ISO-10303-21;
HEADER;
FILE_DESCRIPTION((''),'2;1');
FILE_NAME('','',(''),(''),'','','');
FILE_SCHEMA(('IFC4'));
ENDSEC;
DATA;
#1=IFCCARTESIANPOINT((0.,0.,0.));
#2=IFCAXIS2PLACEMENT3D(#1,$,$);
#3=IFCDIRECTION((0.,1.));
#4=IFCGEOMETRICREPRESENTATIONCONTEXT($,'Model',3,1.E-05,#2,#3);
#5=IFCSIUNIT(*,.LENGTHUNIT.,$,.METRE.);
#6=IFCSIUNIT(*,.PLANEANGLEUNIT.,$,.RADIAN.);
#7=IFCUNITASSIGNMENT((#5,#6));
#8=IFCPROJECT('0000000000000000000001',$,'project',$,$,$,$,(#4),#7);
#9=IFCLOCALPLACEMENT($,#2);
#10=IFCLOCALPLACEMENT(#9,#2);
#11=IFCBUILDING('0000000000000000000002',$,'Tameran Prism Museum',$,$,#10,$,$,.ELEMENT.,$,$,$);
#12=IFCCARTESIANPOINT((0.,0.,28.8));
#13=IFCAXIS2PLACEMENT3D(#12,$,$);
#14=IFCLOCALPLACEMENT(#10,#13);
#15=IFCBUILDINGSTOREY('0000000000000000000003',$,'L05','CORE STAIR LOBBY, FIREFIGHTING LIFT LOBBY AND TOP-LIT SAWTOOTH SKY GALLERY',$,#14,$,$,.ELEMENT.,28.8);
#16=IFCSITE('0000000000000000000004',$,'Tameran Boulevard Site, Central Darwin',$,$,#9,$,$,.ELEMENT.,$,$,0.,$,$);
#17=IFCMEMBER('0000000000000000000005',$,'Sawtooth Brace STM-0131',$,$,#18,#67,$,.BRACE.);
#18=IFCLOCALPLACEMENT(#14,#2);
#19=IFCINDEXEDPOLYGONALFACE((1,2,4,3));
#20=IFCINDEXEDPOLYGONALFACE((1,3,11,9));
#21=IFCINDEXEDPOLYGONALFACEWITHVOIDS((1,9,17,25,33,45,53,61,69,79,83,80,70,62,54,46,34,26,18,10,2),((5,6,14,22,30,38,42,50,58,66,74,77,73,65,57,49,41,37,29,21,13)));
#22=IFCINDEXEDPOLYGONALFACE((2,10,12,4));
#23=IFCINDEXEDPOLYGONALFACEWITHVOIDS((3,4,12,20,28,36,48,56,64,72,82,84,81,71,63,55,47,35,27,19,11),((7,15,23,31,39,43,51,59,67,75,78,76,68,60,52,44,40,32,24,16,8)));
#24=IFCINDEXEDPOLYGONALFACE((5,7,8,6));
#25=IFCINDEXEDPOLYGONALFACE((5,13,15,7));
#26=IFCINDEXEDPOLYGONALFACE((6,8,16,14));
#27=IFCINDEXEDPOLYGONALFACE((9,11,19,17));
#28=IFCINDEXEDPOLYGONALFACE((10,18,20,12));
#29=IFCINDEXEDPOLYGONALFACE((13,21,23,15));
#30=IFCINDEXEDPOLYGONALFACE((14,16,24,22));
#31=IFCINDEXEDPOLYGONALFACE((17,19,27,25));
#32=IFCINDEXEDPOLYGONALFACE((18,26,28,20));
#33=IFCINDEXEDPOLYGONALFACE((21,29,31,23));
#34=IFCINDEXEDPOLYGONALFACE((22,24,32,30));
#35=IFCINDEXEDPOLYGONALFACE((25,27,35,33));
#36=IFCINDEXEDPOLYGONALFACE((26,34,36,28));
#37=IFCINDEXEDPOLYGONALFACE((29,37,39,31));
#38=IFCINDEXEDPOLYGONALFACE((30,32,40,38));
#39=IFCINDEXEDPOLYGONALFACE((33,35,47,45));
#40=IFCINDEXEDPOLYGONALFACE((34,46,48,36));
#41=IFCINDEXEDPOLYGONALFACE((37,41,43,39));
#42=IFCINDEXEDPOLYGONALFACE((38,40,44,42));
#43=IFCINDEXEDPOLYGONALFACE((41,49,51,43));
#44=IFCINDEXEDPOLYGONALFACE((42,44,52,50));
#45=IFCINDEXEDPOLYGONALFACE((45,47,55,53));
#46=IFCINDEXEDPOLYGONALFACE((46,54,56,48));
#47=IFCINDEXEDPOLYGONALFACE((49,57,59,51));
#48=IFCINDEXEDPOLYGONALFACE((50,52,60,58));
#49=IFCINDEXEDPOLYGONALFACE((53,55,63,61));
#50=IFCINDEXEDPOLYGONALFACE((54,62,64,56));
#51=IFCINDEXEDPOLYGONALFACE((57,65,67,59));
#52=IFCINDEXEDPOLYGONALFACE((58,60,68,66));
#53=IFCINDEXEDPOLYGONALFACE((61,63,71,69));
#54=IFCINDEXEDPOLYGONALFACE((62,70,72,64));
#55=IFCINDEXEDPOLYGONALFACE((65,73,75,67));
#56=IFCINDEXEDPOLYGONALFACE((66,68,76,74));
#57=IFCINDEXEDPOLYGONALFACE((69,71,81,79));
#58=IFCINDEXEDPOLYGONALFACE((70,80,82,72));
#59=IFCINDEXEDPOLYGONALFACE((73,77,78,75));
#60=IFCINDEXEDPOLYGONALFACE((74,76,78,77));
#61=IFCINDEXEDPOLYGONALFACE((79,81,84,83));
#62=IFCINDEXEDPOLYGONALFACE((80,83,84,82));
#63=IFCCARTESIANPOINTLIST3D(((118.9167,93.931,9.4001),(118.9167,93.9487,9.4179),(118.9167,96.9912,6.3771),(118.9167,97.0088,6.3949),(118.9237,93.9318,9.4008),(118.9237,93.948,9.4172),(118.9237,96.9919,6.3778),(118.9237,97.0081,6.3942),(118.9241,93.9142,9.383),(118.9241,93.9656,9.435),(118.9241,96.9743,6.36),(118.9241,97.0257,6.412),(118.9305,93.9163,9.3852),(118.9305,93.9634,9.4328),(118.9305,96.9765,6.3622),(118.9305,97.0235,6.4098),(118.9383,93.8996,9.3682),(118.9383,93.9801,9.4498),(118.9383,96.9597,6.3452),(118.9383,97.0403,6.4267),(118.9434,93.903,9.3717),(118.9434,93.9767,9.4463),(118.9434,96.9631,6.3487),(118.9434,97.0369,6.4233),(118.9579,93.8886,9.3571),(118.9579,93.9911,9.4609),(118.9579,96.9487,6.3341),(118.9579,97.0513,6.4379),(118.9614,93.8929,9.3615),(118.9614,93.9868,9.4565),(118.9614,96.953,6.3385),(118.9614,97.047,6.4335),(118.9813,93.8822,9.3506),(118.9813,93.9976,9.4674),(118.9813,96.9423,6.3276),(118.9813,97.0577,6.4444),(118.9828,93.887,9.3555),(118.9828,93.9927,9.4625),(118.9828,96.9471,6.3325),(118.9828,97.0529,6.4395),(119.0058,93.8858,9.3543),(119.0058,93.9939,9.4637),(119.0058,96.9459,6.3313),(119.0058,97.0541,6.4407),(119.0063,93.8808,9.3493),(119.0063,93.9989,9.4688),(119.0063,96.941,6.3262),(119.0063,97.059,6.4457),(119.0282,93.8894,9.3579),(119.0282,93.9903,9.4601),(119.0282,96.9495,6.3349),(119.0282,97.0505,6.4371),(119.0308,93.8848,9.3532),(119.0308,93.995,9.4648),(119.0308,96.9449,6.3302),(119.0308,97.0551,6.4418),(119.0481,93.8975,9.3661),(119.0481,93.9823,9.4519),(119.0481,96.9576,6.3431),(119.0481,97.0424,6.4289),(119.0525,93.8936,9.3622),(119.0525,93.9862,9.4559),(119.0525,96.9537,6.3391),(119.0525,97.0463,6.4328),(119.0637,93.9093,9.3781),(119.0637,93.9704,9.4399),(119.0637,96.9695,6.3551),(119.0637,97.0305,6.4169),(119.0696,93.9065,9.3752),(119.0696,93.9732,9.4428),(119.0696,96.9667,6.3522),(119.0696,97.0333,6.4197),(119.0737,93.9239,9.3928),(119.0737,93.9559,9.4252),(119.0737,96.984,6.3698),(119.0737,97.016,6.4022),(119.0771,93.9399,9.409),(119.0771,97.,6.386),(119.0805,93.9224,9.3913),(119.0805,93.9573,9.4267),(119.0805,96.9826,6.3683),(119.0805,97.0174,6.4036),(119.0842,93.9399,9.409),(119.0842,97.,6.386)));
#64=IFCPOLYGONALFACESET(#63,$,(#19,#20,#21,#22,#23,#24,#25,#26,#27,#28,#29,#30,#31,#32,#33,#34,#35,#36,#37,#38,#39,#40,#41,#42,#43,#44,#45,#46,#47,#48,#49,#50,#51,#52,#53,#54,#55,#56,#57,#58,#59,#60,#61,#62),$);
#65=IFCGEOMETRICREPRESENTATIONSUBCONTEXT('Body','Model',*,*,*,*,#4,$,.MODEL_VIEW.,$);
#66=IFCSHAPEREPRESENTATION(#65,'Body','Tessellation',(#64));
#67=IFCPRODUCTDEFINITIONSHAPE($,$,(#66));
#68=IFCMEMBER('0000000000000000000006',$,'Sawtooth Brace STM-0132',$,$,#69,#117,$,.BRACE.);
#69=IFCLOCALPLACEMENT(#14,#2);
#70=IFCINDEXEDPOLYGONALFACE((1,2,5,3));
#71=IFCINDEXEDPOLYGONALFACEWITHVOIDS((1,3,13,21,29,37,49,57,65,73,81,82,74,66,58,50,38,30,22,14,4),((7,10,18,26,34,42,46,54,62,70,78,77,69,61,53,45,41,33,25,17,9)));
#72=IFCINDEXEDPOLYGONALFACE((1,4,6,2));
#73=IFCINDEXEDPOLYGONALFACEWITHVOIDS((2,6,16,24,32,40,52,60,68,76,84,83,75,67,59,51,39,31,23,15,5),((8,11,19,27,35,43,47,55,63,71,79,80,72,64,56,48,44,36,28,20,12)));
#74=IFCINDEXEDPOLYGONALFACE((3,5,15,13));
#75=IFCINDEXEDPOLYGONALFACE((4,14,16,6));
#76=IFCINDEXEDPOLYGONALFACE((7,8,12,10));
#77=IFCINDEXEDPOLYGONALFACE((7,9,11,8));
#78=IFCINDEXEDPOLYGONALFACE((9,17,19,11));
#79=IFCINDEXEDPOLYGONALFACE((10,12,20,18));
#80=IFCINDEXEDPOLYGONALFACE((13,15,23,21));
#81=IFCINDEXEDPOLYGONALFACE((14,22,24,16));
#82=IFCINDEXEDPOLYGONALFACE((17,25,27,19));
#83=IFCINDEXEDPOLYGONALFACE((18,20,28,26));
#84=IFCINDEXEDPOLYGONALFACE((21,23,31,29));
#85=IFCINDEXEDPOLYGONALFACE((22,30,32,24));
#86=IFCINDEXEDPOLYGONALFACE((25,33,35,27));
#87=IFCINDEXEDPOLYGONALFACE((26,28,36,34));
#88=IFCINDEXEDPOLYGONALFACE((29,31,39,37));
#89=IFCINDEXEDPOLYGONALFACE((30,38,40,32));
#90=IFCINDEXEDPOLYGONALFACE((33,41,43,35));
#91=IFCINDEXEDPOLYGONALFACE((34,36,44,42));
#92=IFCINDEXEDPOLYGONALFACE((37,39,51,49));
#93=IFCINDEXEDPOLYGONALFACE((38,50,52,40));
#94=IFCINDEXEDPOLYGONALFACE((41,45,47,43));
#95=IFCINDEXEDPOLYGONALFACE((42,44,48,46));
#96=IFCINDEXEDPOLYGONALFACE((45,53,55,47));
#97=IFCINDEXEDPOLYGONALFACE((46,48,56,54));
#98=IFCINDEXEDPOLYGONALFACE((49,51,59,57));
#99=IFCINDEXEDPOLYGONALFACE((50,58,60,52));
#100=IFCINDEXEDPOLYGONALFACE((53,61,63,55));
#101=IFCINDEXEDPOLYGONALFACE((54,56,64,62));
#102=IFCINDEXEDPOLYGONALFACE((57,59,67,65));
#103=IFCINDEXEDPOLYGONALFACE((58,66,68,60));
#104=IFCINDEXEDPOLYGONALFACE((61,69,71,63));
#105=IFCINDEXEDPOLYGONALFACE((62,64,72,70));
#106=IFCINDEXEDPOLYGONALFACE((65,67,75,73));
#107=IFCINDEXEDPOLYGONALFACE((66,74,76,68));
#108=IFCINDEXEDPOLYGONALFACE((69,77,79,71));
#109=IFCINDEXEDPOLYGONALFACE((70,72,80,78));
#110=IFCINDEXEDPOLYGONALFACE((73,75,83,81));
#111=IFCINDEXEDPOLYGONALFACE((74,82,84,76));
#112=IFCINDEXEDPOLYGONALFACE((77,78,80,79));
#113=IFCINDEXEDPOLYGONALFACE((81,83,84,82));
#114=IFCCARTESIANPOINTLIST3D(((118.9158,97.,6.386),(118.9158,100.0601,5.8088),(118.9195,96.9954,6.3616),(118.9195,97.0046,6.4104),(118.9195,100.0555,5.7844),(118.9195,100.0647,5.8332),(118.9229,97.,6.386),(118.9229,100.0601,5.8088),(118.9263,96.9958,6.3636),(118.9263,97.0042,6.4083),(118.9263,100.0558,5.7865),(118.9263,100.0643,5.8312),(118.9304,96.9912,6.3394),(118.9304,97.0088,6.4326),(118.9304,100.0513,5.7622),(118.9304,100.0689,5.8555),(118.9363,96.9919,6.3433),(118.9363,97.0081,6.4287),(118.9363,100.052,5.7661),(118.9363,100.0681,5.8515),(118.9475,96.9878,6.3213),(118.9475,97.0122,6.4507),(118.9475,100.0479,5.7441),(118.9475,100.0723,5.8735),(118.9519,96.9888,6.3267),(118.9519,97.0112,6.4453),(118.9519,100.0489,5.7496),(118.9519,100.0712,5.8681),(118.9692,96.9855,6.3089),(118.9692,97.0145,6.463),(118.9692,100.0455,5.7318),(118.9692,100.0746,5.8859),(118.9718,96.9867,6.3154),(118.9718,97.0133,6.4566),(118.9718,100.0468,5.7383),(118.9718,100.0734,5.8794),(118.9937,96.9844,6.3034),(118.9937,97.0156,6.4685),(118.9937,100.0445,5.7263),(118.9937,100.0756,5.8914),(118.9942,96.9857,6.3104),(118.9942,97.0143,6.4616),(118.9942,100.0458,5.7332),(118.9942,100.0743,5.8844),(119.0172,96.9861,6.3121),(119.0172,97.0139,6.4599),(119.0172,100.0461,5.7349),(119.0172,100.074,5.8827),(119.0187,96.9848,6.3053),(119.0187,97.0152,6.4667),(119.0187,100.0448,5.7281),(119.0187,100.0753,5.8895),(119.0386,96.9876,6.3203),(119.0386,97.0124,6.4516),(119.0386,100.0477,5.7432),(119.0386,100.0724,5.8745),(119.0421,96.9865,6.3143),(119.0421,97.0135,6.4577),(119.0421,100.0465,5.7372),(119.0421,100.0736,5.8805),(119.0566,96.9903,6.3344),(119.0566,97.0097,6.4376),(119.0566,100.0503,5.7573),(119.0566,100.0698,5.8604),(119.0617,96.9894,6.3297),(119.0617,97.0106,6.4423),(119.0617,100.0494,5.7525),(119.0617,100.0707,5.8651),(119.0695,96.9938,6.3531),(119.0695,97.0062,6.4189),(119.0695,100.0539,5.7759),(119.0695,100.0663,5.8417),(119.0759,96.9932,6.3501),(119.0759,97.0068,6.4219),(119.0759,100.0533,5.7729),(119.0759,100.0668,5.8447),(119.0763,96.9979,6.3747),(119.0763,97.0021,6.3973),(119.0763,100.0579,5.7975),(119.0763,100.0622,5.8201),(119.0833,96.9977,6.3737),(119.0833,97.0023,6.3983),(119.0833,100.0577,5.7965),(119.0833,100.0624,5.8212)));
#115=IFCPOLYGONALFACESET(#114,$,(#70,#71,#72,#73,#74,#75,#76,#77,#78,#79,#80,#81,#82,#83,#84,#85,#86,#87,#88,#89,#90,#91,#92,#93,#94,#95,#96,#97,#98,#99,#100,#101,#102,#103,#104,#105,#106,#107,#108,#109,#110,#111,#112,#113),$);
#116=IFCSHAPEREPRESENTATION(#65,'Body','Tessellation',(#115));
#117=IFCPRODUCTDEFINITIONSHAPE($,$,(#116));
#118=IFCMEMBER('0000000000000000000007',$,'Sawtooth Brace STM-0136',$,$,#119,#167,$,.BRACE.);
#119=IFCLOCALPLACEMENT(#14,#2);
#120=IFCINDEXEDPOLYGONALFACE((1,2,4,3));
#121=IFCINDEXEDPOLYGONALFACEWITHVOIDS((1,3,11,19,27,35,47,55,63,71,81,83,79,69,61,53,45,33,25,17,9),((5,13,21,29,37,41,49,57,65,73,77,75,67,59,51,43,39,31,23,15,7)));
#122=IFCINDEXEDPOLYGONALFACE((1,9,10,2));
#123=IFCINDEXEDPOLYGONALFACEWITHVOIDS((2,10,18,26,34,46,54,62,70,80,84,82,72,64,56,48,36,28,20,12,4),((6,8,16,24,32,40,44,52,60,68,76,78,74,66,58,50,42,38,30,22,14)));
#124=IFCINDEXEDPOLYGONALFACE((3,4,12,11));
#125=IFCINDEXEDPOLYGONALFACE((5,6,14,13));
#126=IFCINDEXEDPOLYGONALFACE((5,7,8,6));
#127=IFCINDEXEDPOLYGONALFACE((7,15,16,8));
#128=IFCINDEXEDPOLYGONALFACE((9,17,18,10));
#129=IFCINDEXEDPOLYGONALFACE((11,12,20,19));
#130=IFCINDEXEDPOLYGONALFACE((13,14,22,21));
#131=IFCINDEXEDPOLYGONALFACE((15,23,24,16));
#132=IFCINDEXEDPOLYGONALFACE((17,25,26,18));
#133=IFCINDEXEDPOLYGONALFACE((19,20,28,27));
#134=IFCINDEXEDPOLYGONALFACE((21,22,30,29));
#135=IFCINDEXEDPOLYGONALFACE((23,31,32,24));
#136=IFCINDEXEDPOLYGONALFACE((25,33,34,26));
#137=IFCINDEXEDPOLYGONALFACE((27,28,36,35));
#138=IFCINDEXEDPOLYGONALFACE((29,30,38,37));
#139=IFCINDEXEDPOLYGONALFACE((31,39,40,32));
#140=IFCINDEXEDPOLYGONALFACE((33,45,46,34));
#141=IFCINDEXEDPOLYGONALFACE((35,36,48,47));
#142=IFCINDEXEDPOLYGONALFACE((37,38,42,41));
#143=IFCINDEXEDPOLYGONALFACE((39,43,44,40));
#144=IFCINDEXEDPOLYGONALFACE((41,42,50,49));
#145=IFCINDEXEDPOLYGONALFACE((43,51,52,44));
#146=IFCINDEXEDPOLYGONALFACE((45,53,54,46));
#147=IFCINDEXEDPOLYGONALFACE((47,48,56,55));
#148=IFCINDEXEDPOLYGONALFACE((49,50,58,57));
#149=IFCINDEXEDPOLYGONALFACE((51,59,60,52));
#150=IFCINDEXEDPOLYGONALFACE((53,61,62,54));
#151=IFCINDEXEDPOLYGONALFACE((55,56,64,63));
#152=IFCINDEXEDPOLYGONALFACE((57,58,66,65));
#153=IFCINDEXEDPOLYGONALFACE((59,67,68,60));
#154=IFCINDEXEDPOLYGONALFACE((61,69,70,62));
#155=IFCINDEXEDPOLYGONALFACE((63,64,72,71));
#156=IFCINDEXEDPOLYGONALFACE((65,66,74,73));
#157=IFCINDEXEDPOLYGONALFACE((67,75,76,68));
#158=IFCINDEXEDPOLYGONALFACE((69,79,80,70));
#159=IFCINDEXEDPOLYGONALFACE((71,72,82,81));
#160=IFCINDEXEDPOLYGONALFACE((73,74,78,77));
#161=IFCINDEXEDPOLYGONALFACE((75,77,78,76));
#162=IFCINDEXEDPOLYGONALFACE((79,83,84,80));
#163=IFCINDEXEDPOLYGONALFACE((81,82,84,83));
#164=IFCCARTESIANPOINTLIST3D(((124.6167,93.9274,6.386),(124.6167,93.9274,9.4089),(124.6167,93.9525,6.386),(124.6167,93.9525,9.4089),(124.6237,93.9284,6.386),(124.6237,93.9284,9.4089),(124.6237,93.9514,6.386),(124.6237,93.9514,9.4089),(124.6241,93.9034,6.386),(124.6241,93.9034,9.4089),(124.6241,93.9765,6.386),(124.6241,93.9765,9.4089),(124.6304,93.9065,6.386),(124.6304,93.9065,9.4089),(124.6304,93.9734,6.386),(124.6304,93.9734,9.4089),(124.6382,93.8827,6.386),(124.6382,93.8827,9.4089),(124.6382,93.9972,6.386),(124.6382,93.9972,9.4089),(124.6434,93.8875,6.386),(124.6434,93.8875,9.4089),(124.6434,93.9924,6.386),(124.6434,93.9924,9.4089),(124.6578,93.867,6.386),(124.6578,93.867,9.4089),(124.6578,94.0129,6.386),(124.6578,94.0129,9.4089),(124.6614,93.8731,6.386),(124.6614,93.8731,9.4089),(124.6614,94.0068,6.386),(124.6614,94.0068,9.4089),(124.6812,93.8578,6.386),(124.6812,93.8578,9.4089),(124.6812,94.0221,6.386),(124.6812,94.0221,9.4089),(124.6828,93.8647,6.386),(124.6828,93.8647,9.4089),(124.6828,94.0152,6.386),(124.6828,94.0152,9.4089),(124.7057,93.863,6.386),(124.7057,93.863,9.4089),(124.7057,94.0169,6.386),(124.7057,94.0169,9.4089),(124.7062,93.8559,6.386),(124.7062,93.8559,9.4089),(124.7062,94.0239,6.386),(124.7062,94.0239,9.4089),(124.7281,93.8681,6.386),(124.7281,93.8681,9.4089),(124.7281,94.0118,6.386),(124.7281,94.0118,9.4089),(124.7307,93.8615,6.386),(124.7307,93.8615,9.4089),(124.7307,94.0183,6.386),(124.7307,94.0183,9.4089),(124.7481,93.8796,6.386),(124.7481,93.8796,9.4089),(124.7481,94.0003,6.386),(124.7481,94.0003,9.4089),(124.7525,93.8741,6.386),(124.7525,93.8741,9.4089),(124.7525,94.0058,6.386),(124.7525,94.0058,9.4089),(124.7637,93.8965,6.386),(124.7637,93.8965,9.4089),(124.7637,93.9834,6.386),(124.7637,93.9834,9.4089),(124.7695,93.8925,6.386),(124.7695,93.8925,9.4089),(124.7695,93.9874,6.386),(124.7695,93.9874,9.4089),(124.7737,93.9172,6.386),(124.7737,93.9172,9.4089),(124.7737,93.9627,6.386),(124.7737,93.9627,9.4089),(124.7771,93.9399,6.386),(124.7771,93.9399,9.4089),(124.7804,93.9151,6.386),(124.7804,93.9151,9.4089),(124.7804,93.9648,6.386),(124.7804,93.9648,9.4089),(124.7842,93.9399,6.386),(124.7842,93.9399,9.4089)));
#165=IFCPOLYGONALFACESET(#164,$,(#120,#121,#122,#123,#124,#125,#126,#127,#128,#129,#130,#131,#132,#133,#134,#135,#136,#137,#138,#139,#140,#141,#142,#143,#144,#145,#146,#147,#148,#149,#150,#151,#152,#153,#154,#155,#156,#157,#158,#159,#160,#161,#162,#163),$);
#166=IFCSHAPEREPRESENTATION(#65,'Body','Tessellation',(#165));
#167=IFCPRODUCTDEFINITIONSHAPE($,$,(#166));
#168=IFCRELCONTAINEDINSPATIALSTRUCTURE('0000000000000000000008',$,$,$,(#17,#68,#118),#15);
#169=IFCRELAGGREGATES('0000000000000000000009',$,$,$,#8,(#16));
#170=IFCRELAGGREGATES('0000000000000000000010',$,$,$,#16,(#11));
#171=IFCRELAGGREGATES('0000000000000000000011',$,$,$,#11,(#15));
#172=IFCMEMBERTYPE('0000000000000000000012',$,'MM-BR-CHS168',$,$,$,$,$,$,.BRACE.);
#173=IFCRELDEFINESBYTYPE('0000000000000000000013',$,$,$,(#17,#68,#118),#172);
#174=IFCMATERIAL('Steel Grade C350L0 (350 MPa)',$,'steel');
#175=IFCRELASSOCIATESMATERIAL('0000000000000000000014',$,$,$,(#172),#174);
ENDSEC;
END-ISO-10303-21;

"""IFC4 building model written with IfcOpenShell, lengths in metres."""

from ifc_helpers import new_model, si_unit, direction, frame, origin, origin_2d, place, context, subcontext, project, spatial, hollow_circle, extrude, material, material_profile, profile_set, type_object, element, save


model = new_model("IFC4")

# Units and contexts
model_context = context("Model", 3, precision=1e-05, world=origin(), true_north=direction((0.0, 1.0)))
body_context = subcontext(model_context, "Body", "Model", "MODEL_VIEW")
ifc_project = project(units=[si_unit("LENGTHUNIT", "METRE"), si_unit("PLANEANGLEUNIT", "RADIAN")], contexts=[model_context])

# Site, building, storey
site_placement = place(None, origin())
site = spatial("IfcSite", under=ifc_project, at=site_placement, Name="Tameran Boulevard Site, Central Darwin", CompositionType="ELEMENT", RefElevation=0.0)
building_placement = place(site_placement, origin())
building = spatial("IfcBuilding", under=site, at=building_placement, Name="Tameran Prism Museum", CompositionType="ELEMENT")
storey_placement = place(building_placement, frame((0.0, 0.0, 28.8)))
storey = spatial("IfcBuildingStorey", under=building, at=storey_placement, Name="L05", Description="CORE STAIR LOBBY, FIREFIGHTING LIFT LOBBY AND TOP-LIT SAWTOOTH SKY GALLERY", CompositionType="ELEMENT", Elevation=28.8)

# Members
ifc_material_1 = material(Name="Steel Grade C350L0 (350 MPa)", Category="steel")
ifc_material_profile_1 = material_profile(ifc_material_1, hollow_circle(Radius=0.0842, WallThickness=0.0071, at=origin_2d()))
ifc_profile_set_1 = profile_set([ifc_material_profile_1])
member_type_1 = type_object("IfcMemberType", Name="MM-BR-CHS168", PredefinedType="BRACE", material=ifc_profile_set_1)
member_1_placement = place(storey_placement, frame((119.0, 97.0, 6.386), z_axis=(0.0, -0.711407, 0.70278), x_axis=(1.0, 0.0, 0.0)))
element("IfcMember", 1, at=member_1_placement, inside=storey, type_object=member_type_1, Name="Sawtooth Brace STM-0131", PredefinedType="BRACE", context=body_context, shape_type="SweptSolid", body=[
    extrude(hollow_circle(Radius=0.0842, WallThickness=0.0071, at=origin_2d()), origin(), (0.0, 0.0, 1.0), 4.3015),
])
member_2_placement = place(storey_placement, frame((119.0, 97.0, 6.386), z_axis=(0.0, 0.982675, -0.185339), x_axis=(-1.0, 0.0, 0.0)))
element("IfcMember", 2, at=member_2_placement, inside=storey, type_object=member_type_1, Name="Sawtooth Brace STM-0132", PredefinedType="BRACE", context=body_context, shape_type="SweptSolid", body=[
    extrude(hollow_circle(Radius=0.0842, WallThickness=0.0071, at=origin_2d()), origin(), (0.0, 0.0, 1.0), 3.114),
])
member_3_placement = place(storey_placement, frame((124.7, 93.9399, 6.386), z_axis=(0.0, 0.0, 1.0), x_axis=(1.0, 0.0, 0.0)))
element("IfcMember", 3, at=member_3_placement, inside=storey, type_object=member_type_1, Name="Sawtooth Brace STM-0136", PredefinedType="BRACE", context=body_context, shape_type="SweptSolid", body=[
    extrude(hollow_circle(Radius=0.0842, WallThickness=0.0071, at=origin_2d()), origin(), (0.0, 0.0, 1.0), 3.0229),
])

save(model, "model.ifc")
